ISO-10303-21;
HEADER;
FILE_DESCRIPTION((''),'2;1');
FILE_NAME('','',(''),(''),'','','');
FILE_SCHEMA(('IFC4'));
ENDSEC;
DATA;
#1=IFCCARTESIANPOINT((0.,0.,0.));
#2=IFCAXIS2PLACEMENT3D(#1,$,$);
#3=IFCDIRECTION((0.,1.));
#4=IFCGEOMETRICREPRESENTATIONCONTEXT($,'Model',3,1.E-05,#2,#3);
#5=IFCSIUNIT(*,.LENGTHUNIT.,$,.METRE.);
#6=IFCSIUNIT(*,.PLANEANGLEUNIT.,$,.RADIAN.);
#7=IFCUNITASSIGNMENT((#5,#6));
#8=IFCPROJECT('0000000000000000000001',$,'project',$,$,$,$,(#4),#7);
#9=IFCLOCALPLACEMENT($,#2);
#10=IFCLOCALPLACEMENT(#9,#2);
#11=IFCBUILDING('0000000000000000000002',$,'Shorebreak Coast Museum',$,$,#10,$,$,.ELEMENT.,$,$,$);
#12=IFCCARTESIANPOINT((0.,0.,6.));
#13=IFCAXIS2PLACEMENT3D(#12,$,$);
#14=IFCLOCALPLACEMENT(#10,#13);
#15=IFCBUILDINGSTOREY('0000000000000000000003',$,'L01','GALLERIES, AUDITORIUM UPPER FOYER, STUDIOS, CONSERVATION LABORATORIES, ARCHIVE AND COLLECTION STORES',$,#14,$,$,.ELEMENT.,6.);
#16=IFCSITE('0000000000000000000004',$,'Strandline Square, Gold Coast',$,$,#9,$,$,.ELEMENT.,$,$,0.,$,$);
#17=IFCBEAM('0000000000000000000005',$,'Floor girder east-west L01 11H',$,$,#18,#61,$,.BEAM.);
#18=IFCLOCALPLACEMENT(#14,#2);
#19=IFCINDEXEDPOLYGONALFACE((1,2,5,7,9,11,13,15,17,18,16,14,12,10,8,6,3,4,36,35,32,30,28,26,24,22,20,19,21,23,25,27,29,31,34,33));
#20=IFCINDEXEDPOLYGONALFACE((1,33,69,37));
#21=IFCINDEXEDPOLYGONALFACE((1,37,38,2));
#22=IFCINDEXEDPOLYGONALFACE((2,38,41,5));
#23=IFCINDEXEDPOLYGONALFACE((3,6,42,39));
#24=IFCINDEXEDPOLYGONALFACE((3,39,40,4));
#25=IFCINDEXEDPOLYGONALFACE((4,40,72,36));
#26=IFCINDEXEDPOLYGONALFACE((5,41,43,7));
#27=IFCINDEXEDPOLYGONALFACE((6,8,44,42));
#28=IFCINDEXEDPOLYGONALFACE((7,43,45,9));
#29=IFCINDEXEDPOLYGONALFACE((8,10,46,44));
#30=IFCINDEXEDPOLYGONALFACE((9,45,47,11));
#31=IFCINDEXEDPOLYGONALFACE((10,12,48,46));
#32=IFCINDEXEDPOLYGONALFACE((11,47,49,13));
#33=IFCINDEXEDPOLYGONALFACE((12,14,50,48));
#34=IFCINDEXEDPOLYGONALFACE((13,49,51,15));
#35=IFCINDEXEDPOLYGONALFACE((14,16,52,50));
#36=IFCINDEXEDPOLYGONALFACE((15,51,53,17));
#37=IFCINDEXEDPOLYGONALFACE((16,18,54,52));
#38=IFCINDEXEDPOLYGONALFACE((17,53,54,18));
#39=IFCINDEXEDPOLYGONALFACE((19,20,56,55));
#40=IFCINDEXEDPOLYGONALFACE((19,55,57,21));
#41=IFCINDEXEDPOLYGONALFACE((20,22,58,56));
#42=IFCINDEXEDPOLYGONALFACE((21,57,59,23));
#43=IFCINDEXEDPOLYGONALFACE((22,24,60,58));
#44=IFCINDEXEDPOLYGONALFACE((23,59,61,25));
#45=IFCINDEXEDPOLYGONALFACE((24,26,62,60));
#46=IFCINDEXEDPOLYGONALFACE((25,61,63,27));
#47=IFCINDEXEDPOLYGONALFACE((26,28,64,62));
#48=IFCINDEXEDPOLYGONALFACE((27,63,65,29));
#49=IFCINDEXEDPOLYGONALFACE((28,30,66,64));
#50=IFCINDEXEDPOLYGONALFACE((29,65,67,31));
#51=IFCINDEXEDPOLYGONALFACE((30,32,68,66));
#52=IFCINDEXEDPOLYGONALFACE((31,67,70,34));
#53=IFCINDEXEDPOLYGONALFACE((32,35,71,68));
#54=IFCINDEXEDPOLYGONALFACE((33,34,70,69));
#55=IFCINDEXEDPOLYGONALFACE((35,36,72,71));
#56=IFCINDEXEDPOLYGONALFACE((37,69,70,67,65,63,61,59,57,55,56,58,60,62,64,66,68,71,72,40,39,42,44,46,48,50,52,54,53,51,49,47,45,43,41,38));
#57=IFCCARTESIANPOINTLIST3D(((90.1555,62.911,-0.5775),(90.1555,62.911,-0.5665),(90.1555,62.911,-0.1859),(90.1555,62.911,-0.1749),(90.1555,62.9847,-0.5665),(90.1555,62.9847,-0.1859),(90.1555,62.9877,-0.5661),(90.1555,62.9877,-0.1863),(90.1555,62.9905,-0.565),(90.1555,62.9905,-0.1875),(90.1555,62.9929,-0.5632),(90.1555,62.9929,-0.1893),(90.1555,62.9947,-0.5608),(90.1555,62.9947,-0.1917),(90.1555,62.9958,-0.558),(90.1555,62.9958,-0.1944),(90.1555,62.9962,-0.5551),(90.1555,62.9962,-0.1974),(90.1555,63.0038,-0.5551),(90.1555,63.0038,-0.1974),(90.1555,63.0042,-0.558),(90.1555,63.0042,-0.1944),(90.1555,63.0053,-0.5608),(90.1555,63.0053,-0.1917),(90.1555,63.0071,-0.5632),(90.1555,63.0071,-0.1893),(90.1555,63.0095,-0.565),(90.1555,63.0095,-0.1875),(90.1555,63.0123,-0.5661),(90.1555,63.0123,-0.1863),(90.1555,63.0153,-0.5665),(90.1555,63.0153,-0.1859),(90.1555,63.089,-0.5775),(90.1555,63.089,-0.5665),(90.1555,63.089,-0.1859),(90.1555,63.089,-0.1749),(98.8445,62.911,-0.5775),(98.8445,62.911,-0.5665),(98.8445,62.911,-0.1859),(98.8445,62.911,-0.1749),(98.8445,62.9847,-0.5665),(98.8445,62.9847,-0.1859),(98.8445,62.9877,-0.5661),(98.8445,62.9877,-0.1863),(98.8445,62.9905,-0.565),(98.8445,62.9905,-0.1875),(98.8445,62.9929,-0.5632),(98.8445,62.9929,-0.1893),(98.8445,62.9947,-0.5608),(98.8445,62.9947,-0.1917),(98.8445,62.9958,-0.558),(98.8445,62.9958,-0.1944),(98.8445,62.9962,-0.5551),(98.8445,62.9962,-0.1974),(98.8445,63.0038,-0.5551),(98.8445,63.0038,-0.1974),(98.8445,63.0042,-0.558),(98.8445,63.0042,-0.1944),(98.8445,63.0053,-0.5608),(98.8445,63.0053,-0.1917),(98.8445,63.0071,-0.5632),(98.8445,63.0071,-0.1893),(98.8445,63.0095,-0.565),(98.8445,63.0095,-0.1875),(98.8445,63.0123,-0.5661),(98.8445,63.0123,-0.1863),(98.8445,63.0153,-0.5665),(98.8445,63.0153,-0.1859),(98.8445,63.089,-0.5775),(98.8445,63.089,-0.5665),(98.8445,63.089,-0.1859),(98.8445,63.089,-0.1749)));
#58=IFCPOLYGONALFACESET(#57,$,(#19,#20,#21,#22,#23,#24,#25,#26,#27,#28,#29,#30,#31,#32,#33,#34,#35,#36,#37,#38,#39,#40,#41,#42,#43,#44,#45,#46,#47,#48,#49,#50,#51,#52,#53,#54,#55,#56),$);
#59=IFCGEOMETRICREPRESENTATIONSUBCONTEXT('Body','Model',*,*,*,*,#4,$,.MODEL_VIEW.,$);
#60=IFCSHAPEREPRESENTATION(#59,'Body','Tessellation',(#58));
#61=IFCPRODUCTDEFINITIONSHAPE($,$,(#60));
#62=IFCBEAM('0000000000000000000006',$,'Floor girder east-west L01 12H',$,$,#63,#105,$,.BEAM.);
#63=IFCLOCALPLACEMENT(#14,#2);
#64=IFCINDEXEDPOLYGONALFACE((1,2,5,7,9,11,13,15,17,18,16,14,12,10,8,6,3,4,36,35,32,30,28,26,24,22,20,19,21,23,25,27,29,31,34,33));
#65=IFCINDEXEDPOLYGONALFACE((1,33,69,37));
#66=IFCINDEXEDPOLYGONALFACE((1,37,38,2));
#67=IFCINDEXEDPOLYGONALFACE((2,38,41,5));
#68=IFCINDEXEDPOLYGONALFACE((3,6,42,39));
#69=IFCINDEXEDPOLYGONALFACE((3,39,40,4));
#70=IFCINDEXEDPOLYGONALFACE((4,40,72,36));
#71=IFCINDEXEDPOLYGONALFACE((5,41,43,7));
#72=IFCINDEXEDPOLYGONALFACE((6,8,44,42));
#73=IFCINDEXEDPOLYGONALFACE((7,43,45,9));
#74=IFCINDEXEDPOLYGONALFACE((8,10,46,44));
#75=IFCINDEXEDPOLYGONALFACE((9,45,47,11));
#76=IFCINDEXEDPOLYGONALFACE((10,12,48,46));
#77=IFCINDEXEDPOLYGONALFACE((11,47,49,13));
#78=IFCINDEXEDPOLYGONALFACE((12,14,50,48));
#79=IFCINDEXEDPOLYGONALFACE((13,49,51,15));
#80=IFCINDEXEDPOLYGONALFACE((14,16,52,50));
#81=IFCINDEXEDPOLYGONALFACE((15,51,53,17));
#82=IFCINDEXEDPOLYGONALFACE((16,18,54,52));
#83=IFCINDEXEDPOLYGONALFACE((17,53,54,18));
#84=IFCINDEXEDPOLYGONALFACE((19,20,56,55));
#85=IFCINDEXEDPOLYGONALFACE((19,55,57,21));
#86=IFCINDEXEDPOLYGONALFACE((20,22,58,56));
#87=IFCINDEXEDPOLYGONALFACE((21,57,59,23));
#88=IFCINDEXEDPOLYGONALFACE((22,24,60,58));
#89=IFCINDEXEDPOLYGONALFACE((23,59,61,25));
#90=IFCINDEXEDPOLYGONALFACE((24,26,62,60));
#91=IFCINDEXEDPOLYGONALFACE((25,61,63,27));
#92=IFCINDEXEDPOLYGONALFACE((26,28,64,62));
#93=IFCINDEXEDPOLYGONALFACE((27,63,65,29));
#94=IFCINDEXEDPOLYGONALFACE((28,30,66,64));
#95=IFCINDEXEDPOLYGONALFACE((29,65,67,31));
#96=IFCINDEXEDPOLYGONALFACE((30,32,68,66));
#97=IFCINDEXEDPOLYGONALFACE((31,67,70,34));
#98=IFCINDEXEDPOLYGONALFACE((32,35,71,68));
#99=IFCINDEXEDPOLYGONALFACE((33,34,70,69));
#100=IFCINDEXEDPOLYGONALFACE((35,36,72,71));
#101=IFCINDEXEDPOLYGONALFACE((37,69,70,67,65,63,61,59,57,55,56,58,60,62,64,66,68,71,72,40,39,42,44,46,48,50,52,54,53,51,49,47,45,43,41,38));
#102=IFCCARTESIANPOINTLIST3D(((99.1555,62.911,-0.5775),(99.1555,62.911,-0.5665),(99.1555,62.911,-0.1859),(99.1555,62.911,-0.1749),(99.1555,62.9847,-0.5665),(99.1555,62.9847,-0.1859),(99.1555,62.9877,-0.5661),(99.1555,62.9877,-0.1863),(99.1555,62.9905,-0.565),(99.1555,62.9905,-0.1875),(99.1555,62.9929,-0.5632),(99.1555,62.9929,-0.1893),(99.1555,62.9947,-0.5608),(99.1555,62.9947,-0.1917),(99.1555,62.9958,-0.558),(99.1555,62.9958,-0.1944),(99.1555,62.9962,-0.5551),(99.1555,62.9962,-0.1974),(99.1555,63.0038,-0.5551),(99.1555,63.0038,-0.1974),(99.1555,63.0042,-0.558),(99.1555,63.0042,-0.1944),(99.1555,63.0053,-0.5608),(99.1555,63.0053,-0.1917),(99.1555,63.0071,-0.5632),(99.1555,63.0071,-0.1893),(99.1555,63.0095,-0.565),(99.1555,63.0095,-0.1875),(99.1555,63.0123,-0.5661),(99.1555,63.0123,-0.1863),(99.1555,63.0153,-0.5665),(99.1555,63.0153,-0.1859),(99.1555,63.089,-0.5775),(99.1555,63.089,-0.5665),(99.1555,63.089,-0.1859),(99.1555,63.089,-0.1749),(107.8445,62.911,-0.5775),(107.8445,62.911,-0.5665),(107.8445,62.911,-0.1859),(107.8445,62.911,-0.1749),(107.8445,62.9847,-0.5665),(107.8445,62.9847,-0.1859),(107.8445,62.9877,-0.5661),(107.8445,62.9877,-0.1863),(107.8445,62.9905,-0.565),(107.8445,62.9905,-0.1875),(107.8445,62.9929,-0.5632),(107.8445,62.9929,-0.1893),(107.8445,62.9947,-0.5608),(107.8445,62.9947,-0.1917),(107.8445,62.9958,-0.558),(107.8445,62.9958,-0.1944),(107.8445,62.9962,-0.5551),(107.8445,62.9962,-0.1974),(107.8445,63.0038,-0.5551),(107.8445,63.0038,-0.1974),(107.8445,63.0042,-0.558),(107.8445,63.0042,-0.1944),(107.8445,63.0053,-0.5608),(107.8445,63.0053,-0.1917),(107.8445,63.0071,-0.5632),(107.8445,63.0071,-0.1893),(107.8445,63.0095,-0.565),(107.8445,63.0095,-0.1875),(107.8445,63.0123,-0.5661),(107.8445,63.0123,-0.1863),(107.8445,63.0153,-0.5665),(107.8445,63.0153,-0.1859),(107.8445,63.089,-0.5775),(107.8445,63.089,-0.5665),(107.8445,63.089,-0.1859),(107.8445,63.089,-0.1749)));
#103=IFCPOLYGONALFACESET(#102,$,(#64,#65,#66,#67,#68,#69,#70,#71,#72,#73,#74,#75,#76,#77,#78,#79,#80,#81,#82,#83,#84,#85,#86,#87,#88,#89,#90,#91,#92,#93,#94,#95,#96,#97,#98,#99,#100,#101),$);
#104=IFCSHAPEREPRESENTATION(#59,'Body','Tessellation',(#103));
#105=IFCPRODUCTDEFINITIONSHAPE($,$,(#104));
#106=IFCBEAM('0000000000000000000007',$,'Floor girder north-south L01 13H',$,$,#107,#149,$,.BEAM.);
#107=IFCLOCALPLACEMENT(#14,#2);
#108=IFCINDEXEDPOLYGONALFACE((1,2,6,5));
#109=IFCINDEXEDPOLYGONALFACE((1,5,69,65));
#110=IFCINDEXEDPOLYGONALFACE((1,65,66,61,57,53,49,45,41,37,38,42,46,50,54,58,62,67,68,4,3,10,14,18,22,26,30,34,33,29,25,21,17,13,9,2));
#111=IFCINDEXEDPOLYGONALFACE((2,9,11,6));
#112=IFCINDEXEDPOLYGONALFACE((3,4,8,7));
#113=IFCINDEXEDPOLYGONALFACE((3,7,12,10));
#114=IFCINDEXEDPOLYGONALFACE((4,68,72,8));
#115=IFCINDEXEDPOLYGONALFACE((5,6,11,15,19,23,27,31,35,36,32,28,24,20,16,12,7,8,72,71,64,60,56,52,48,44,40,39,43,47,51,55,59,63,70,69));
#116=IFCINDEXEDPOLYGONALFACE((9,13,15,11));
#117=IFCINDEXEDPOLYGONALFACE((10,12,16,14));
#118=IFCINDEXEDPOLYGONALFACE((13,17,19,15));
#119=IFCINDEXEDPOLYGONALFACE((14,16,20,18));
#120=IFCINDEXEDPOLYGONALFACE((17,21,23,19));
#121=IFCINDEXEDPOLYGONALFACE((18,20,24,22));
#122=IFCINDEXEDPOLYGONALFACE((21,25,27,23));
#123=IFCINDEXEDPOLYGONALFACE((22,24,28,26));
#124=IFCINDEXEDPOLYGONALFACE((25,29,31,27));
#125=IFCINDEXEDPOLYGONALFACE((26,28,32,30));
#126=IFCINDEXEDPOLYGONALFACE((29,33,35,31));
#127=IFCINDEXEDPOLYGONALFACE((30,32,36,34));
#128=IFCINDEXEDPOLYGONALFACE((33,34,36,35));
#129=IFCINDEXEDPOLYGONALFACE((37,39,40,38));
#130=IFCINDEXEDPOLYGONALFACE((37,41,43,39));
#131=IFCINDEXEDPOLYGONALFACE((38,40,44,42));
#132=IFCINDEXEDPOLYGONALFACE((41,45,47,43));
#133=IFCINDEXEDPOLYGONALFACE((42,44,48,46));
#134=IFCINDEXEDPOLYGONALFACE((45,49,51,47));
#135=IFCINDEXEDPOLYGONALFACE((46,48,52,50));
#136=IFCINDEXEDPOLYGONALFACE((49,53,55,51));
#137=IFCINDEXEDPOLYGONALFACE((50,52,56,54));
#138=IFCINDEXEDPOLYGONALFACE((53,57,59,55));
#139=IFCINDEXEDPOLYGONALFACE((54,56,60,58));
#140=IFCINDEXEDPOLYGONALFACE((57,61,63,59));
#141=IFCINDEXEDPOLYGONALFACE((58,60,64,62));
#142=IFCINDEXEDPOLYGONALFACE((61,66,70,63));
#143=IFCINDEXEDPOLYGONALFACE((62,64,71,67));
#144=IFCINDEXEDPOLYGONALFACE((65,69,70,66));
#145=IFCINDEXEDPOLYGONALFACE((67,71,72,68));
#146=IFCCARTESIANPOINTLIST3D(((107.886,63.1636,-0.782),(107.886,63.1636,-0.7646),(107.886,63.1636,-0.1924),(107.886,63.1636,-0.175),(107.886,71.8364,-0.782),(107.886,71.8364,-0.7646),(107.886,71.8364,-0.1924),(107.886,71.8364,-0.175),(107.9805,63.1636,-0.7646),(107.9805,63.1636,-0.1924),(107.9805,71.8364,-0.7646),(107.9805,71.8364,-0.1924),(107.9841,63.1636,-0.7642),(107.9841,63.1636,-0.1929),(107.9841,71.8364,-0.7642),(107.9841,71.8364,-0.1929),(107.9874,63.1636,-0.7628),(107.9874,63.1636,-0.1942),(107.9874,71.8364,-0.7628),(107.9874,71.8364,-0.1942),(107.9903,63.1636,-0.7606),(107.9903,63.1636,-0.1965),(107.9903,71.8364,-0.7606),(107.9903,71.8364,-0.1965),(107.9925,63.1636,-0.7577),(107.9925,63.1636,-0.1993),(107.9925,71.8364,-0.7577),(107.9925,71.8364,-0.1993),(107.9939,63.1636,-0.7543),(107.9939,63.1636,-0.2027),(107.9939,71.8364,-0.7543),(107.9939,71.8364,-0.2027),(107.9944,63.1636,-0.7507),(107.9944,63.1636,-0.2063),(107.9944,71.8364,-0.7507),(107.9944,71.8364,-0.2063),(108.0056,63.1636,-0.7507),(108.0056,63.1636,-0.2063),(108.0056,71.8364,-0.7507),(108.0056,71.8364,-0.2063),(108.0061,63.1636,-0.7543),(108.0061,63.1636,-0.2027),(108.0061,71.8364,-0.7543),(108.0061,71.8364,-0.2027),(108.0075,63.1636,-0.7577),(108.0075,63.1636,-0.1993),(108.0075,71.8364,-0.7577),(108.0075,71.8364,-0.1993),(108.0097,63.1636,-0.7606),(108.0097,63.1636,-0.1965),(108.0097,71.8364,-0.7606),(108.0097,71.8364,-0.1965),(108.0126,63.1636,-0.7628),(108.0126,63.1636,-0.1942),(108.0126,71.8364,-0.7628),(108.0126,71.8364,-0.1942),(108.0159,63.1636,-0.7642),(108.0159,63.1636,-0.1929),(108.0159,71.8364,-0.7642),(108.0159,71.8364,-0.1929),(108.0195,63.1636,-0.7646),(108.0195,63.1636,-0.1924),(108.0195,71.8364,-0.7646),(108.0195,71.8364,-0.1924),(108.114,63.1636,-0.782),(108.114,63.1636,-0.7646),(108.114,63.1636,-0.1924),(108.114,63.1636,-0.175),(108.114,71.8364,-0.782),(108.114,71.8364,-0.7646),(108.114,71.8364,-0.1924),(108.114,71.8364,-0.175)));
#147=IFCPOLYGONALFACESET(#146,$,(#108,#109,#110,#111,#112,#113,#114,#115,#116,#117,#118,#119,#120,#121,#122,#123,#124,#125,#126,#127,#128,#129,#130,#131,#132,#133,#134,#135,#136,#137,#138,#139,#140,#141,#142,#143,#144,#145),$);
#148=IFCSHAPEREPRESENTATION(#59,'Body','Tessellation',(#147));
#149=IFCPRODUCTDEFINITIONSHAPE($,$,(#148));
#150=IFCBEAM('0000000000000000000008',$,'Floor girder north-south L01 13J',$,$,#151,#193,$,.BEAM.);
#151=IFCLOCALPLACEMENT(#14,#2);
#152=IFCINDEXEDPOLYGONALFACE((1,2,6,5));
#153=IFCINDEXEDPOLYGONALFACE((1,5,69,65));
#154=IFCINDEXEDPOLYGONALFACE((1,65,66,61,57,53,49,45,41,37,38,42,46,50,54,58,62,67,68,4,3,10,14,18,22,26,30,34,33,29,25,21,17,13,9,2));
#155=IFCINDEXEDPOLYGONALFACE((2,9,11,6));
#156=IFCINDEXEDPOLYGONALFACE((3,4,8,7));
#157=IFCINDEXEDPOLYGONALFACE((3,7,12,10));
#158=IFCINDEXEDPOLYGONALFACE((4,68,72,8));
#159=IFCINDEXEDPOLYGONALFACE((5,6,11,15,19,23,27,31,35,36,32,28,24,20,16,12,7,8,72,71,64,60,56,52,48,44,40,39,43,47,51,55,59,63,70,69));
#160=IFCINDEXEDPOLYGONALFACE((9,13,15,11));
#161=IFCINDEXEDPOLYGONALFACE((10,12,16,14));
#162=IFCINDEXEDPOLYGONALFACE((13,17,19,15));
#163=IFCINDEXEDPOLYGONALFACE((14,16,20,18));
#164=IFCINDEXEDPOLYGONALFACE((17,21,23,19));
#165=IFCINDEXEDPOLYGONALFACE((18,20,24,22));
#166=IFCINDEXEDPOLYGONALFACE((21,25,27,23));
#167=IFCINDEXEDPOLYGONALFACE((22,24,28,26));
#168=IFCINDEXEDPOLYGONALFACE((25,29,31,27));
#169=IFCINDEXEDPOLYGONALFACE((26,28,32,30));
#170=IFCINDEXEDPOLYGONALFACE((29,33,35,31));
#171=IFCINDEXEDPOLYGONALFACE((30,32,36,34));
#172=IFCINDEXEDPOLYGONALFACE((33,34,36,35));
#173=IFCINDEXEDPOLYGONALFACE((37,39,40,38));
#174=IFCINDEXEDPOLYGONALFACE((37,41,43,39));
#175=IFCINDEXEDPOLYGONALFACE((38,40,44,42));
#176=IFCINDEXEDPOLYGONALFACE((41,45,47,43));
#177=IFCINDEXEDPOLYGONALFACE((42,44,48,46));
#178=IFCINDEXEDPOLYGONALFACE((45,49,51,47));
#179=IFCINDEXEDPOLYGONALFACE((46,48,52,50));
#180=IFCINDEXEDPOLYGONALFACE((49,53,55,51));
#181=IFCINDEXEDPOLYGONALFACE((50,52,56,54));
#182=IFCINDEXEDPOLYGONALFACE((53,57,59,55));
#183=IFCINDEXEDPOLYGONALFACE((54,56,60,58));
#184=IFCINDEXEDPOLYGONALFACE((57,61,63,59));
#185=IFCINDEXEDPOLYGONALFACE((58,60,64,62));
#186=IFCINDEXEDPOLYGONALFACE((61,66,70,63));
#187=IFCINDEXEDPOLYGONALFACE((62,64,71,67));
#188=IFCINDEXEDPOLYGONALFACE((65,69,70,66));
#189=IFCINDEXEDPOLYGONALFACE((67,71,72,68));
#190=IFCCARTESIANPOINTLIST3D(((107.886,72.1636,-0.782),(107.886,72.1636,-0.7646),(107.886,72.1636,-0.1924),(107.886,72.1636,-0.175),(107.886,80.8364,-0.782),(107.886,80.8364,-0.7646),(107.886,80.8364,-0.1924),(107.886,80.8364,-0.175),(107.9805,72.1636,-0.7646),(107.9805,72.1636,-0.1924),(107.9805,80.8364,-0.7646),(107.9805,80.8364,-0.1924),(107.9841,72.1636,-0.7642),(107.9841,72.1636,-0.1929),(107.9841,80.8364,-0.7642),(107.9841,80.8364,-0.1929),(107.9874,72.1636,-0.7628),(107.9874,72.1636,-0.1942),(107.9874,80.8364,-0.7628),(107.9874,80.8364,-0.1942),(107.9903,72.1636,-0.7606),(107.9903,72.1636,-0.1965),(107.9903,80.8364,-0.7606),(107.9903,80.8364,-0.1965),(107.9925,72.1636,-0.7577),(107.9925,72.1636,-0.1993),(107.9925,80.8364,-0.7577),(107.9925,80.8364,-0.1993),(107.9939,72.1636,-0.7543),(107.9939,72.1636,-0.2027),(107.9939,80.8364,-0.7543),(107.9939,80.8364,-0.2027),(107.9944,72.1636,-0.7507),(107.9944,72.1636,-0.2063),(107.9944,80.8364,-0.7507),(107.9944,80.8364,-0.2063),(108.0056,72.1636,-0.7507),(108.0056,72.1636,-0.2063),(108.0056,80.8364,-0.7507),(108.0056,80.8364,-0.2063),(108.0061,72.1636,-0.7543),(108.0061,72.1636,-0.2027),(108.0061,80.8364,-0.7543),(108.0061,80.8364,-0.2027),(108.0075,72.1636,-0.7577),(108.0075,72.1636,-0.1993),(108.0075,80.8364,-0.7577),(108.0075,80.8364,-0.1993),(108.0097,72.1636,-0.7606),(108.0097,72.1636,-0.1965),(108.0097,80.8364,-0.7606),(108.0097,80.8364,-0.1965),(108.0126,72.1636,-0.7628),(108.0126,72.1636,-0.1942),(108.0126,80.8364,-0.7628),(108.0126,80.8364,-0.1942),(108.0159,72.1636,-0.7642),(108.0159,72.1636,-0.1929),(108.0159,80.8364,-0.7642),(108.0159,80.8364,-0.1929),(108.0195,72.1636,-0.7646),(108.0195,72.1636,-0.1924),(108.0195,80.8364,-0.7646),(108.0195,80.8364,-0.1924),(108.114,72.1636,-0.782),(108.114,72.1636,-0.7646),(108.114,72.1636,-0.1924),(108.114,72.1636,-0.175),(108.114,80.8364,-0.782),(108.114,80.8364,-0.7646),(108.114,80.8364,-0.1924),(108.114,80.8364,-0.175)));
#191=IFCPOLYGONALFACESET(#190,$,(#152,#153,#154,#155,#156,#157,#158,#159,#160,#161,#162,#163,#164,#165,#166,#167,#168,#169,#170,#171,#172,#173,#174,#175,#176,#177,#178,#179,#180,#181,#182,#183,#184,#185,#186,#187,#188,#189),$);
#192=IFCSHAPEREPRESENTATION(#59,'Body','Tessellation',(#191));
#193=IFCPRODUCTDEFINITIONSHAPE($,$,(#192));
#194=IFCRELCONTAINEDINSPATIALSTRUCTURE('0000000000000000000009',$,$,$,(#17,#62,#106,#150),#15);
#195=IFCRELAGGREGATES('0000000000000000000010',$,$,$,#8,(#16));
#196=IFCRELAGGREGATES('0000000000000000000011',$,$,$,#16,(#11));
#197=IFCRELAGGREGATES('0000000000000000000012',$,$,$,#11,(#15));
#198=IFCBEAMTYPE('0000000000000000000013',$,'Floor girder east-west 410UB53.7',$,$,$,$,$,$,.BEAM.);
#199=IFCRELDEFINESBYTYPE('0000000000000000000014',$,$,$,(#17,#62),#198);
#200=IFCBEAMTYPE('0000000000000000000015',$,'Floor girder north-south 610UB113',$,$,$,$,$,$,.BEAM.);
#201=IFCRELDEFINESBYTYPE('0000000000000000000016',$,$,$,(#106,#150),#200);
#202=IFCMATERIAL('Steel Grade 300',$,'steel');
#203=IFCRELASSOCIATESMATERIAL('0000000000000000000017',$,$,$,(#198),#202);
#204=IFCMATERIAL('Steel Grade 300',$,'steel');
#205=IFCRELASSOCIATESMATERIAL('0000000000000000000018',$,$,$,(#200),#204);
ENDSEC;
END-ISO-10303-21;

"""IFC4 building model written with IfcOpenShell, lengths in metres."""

from ifc_helpers import new_model, si_unit, direction, frame, origin, origin_2d, place, context, subcontext, project, spatial, i_section, extrude, material, material_profile, profile_set, type_object, element, save


model = new_model("IFC4")

# Units and contexts
model_context = context("Model", 3, precision=1e-05, world=origin(), true_north=direction((0.0, 1.0)))
body_context = subcontext(model_context, "Body", "Model", "MODEL_VIEW")
ifc_project = project(units=[si_unit("LENGTHUNIT", "METRE"), si_unit("PLANEANGLEUNIT", "RADIAN")], contexts=[model_context])

# Site, building, storey
site_placement = place(None, origin())
site = spatial("IfcSite", under=ifc_project, at=site_placement, Name="Strandline Square, Gold Coast", CompositionType="ELEMENT", RefElevation=0.0)
building_placement = place(site_placement, origin())
building = spatial("IfcBuilding", under=site, at=building_placement, Name="Shorebreak Coast Museum", CompositionType="ELEMENT")
storey_placement = place(building_placement, frame((0.0, 0.0, 6.0)))
storey = spatial("IfcBuildingStorey", under=building, at=storey_placement, Name="L01", Description="GALLERIES, AUDITORIUM UPPER FOYER, STUDIOS, CONSERVATION LABORATORIES, ARCHIVE AND COLLECTION STORES", CompositionType="ELEMENT", Elevation=6.0)

# Beams
ifc_material_1 = material(Name="Steel Grade 300", Category="steel")
ifc_material_profile_1 = material_profile(ifc_material_1, i_section(OverallWidth=0.178, OverallDepth=0.4026, WebThickness=0.0076, FlangeThickness=0.011, FilletRadius=0.0115, at=origin_2d()), Name="410UB53.7")
ifc_profile_set_1 = profile_set([ifc_material_profile_1], Name="Steel Grade 300")
beam_type_1 = type_object("IfcBeamType", Name="Floor girder east-west 410UB53.7", PredefinedType="BEAM", material=ifc_profile_set_1)
for number, where, z_axis, x_axis, name in (
    (1, (90.1555, 63.0, -0.3762), (1.0, 0.0, 0.0), (0.0, 1.0, 0.0), "Floor girder east-west L01 11H"),
    (2, (99.1555, 63.0, -0.3762), (1.0, 0.0, 0.0), (0.0, 1.0, 0.0), "Floor girder east-west L01 12H"),
):
    element("IfcBeam", number, at=place(storey_placement, frame(where, z_axis=z_axis, x_axis=x_axis)), inside=storey, type_object=beam_type_1, Name=name, PredefinedType="BEAM", context=body_context, shape_type="SweptSolid", body=[
        extrude(i_section(OverallWidth=0.178, OverallDepth=0.4026, WebThickness=0.0076, FlangeThickness=0.011, FilletRadius=0.0115, at=origin_2d()), origin(), (0.0, 0.0, 1.0), 8.689),
    ])
ifc_material_2 = material(Name="Steel Grade 300", Category="steel")
ifc_material_profile_2 = material_profile(ifc_material_2, i_section(OverallWidth=0.228, OverallDepth=0.6069, WebThickness=0.0112, FlangeThickness=0.0173, FilletRadius=0.0139, at=origin_2d()), Name="610UB113")
ifc_profile_set_2 = profile_set([ifc_material_profile_2], Name="Steel Grade 300")
beam_type_2 = type_object("IfcBeamType", Name="Floor girder north-south 610UB113", PredefinedType="BEAM", material=ifc_profile_set_2)
for number, where, z_axis, x_axis, name in (
    (3, (108.0, 63.1636, -0.4785), (0.0, 1.0, 0.0), (-1.0, 0.0, 0.0), "Floor girder north-south L01 13H"),
    (4, (108.0, 72.1636, -0.4785), (0.0, 1.0, 0.0), (-1.0, 0.0, 0.0), "Floor girder north-south L01 13J"),
):
    element("IfcBeam", number, at=place(storey_placement, frame(where, z_axis=z_axis, x_axis=x_axis)), inside=storey, type_object=beam_type_2, Name=name, PredefinedType="BEAM", context=body_context, shape_type="SweptSolid", body=[
        extrude(i_section(OverallWidth=0.228, OverallDepth=0.6069, WebThickness=0.0112, FlangeThickness=0.0173, FilletRadius=0.0139, at=origin_2d()), origin(), (0.0, 0.0, 1.0), 8.6729),
    ])

save(model, "model.ifc")
